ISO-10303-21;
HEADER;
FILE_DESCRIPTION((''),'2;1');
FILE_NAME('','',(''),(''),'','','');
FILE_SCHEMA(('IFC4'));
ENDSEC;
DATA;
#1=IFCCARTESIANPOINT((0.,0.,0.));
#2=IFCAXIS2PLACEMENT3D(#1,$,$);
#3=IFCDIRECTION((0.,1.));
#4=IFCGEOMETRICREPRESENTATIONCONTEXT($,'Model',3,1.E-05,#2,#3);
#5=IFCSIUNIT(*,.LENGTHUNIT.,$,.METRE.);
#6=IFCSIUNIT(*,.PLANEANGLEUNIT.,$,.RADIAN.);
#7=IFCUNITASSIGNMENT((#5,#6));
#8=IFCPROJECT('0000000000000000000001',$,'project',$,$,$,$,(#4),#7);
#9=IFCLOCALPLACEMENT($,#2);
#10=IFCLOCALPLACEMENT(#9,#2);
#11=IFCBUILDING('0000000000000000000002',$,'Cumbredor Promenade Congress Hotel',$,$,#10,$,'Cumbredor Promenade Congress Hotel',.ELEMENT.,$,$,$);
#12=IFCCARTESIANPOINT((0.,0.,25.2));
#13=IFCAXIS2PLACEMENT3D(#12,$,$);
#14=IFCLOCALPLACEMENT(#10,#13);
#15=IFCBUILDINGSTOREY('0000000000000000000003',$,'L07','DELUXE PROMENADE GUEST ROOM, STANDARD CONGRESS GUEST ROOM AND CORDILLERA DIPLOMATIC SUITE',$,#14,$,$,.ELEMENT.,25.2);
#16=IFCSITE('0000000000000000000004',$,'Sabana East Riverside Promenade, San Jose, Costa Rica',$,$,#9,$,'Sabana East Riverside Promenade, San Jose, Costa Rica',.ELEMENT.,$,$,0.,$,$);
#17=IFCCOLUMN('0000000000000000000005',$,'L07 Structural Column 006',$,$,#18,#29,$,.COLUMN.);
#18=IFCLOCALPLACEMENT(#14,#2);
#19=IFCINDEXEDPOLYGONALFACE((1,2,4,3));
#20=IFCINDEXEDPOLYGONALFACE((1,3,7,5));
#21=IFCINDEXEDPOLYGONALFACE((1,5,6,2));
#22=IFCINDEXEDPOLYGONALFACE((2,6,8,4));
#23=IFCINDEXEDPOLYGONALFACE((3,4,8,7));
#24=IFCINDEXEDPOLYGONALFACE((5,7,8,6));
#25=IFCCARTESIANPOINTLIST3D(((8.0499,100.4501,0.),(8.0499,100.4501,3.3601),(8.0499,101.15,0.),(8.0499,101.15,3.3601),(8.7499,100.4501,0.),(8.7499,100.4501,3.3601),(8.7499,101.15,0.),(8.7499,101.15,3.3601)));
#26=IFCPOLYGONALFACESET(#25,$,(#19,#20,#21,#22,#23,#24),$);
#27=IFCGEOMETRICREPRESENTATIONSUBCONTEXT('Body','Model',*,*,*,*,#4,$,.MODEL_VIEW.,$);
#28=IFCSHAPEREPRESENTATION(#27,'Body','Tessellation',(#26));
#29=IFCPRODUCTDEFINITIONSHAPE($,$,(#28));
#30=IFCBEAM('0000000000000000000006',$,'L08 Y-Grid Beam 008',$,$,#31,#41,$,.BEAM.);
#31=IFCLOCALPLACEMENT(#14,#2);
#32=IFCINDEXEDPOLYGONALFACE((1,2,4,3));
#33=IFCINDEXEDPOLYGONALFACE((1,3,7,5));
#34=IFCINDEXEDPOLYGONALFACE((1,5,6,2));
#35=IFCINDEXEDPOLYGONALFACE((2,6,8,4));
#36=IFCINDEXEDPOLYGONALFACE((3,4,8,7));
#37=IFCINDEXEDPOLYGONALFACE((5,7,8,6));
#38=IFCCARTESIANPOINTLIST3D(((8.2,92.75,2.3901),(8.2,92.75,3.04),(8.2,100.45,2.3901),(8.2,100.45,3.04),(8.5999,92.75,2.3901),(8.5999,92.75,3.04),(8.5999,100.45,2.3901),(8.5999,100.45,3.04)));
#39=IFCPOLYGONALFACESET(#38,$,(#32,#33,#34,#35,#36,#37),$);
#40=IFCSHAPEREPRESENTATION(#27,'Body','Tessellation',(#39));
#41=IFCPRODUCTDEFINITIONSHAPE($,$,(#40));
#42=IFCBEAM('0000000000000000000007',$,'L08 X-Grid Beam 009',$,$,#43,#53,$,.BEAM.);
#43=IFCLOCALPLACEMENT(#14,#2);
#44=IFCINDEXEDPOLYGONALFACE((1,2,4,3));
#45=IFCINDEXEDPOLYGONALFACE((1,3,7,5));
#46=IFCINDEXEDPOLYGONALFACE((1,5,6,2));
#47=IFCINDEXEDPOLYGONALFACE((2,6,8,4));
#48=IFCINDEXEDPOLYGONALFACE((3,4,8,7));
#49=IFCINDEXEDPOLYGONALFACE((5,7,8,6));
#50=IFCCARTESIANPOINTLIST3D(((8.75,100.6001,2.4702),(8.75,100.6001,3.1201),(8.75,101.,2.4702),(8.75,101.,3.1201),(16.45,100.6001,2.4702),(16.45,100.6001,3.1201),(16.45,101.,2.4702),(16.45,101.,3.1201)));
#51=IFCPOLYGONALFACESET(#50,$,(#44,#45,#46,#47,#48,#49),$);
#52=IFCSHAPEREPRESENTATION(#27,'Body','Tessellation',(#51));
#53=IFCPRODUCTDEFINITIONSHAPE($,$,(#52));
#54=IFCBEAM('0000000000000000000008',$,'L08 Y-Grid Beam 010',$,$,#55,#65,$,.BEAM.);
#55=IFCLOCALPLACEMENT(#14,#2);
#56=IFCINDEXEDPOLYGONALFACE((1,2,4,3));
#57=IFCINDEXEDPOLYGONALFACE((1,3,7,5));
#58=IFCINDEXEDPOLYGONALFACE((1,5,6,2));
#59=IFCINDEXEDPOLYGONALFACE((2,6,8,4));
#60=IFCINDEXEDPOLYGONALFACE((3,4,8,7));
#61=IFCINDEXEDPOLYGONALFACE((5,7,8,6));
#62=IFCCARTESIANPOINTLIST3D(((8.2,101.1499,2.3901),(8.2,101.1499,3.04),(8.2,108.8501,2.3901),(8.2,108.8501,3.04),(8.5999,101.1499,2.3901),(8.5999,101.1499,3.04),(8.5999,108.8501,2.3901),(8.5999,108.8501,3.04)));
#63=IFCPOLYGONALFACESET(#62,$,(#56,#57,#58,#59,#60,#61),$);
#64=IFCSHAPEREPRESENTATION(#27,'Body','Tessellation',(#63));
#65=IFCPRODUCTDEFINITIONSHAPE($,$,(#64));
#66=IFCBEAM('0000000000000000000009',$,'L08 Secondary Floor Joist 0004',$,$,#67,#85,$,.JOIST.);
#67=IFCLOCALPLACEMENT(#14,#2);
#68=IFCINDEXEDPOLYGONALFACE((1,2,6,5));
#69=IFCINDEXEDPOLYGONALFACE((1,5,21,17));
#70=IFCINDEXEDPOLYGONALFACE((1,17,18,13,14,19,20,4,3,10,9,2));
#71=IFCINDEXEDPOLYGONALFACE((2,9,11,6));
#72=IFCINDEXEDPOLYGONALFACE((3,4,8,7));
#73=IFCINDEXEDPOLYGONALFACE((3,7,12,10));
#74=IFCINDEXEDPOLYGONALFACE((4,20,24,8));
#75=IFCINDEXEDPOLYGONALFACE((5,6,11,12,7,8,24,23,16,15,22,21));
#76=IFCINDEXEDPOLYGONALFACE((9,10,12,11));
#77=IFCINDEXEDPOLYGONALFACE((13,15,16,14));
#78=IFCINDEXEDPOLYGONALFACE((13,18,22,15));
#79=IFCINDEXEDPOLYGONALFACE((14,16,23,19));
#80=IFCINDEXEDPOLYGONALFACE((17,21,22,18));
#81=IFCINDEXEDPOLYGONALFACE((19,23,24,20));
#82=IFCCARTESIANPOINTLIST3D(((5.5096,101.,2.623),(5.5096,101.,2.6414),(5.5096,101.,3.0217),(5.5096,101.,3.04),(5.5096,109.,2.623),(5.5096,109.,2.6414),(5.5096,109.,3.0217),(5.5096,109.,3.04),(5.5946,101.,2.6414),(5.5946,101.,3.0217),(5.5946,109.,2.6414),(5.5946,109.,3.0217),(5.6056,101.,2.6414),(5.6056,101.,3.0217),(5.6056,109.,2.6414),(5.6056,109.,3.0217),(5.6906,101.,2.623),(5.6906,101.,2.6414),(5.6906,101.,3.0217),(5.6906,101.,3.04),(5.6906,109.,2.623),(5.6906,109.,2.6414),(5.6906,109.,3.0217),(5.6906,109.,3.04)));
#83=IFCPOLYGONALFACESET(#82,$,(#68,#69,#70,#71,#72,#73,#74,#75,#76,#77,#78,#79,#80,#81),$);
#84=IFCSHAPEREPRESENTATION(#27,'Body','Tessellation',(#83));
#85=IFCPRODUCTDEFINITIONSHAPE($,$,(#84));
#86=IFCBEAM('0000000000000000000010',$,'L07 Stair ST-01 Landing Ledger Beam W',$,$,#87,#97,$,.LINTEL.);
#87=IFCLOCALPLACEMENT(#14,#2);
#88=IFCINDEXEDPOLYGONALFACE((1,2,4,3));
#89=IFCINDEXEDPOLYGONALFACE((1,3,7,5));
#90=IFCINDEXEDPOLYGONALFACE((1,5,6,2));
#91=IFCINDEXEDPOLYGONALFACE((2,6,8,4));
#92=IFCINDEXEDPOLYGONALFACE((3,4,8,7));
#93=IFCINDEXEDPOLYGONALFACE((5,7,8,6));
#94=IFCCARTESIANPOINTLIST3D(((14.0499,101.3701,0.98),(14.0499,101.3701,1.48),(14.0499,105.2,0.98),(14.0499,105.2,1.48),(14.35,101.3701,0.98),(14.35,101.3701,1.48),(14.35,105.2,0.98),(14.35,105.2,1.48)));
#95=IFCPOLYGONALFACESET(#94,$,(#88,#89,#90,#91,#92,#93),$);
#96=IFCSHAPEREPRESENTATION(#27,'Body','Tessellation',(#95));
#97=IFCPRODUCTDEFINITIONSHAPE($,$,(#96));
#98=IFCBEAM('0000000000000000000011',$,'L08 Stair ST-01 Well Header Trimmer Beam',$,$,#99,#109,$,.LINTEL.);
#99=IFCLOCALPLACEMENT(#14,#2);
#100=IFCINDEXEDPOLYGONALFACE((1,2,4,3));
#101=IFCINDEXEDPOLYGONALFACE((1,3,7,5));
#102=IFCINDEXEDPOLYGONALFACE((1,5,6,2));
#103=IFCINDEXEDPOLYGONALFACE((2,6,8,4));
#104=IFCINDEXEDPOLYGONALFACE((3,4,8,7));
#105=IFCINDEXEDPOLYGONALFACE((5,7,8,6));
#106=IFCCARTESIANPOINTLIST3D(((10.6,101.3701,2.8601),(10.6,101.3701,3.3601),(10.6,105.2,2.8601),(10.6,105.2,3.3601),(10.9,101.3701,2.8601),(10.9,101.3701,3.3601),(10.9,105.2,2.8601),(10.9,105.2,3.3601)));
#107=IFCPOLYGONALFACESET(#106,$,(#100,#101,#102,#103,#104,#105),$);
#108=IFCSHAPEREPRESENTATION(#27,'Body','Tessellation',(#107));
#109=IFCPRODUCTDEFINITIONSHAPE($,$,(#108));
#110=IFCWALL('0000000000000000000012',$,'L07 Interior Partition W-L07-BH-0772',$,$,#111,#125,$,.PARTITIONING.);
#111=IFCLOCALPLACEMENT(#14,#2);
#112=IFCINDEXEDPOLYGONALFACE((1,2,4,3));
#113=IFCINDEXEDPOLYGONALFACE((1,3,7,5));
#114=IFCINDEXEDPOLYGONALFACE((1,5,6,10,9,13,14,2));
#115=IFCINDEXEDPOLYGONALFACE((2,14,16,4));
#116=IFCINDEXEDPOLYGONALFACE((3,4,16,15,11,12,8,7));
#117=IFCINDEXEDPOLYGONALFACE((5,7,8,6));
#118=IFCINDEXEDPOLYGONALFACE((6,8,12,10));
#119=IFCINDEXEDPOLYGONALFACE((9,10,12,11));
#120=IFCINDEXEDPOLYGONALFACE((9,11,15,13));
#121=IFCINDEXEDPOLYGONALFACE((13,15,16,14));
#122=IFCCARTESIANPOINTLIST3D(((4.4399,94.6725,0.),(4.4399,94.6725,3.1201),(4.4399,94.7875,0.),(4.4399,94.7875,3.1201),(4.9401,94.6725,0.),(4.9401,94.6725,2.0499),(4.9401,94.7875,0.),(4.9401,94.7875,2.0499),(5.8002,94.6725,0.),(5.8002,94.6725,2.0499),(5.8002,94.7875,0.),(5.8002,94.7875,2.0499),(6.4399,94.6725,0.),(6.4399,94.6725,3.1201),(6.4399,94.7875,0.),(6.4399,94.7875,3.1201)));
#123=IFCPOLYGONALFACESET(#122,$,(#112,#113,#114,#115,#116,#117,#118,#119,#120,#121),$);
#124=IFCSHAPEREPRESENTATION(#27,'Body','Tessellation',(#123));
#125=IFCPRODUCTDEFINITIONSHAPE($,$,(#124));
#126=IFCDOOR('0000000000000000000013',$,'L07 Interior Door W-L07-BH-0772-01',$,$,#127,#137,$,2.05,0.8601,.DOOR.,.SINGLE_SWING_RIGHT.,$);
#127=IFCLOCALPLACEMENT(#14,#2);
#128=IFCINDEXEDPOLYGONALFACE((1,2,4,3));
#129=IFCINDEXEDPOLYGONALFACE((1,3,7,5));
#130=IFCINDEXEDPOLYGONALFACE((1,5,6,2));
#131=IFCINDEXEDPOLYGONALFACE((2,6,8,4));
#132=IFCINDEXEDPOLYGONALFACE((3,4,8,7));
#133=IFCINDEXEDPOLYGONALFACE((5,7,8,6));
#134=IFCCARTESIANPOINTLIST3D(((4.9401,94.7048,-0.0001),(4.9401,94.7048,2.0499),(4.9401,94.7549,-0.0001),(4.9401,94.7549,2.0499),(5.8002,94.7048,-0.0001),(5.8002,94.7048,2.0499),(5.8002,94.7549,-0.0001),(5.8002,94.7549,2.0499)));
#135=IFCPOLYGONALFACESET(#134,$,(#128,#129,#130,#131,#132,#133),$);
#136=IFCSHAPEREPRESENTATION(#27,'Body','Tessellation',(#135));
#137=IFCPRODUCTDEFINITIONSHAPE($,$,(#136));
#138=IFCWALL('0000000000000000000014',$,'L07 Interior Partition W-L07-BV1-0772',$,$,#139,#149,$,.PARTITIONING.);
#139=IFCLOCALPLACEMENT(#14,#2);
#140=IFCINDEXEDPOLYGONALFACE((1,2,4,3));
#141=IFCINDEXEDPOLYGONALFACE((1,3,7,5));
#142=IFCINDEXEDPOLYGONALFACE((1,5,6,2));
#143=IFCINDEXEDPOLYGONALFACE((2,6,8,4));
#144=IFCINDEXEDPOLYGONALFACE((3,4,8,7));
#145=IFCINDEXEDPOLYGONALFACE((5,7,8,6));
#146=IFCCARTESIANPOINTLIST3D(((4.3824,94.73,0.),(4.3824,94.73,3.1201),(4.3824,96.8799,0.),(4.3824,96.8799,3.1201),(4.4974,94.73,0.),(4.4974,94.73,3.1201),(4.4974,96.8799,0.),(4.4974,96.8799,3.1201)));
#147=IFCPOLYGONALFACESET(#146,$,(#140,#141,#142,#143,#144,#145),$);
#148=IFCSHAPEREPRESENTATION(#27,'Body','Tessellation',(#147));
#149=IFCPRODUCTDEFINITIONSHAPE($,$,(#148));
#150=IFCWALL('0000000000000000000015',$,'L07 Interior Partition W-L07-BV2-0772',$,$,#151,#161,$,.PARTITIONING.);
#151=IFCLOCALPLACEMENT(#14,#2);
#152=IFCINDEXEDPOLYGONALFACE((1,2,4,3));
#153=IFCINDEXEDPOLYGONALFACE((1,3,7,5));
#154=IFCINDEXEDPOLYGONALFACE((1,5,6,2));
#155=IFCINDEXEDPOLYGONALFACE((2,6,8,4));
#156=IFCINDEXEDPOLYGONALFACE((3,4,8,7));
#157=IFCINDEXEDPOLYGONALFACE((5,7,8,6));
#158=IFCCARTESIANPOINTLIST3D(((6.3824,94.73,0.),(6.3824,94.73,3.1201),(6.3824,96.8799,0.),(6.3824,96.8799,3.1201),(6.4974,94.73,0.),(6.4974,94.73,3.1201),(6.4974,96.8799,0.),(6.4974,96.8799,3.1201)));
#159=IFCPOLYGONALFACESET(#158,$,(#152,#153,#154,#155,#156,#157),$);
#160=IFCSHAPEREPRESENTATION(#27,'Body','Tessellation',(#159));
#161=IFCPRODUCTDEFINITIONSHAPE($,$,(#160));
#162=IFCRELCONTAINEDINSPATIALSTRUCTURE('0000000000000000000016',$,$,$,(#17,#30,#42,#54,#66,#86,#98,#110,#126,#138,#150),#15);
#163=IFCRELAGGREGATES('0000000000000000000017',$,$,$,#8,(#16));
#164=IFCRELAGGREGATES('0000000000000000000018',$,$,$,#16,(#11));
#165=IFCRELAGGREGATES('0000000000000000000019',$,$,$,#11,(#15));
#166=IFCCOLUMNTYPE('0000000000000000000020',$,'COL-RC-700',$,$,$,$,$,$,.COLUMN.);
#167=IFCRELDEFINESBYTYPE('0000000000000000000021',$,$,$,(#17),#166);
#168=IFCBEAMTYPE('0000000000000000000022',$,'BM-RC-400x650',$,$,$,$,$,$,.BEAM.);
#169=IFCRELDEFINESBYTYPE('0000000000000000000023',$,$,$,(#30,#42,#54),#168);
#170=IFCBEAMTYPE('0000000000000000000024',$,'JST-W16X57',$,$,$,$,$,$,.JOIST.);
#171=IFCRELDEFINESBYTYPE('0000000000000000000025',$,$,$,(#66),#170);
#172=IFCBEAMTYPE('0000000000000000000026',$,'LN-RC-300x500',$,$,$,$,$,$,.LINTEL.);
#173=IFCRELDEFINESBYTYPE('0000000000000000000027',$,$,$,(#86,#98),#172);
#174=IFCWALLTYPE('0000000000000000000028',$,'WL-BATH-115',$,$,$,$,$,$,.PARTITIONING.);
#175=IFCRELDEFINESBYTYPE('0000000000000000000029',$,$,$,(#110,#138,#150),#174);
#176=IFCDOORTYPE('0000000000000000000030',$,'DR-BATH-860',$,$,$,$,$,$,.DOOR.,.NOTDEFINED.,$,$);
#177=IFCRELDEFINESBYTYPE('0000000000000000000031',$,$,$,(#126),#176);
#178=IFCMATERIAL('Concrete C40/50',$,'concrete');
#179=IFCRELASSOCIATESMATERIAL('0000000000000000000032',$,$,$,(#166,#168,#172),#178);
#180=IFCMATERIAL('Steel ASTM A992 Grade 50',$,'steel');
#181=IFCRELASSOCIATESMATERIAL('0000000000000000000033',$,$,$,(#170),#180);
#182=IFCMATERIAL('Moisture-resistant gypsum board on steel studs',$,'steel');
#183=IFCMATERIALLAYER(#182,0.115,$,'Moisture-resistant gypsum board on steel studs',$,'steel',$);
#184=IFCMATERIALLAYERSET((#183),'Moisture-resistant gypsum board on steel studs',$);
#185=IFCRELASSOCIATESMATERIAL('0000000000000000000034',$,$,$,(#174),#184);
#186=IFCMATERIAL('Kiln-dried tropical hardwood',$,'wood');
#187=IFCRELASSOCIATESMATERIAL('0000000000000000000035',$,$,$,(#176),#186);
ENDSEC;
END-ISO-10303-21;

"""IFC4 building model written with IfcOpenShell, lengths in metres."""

from ifc_helpers import new_model, si_unit, direction, frame, frame_2d, origin, origin_2d, place, context, subcontext, project, spatial, rectangle, i_section, extrude, material, layer, layer_set, material_profile, profile_set, type_object, element, fill, save


model = new_model("IFC4")

# Units and contexts
model_context = context("Model", 3, precision=1e-05, world=origin(), true_north=direction((0.0, 1.0)))
body_context = subcontext(model_context, "Body", "Model", "MODEL_VIEW")
ifc_project = project(units=[si_unit("LENGTHUNIT", "METRE"), si_unit("PLANEANGLEUNIT", "RADIAN")], contexts=[model_context])

# Site, building, storey
site_placement = place(None, origin())
site = spatial("IfcSite", under=ifc_project, at=site_placement, Name="Sabana East Riverside Promenade, San Jose, Costa Rica", LongName="Sabana East Riverside Promenade, San Jose, Costa Rica", CompositionType="ELEMENT", RefElevation=0.0)
building_placement = place(site_placement, origin())
building = spatial("IfcBuilding", under=site, at=building_placement, Name="Cumbredor Promenade Congress Hotel", LongName="Cumbredor Promenade Congress Hotel", CompositionType="ELEMENT")
storey_placement = place(building_placement, frame((0.0, 0.0, 25.2)))
storey = spatial("IfcBuildingStorey", under=building, at=storey_placement, Name="L07", Description="DELUXE PROMENADE GUEST ROOM, STANDARD CONGRESS GUEST ROOM AND CORDILLERA DIPLOMATIC SUITE", CompositionType="ELEMENT", Elevation=25.2)

# Column
ifc_material_1 = material(Name="Concrete C40/50", Category="concrete")
ifc_material_profile_1 = material_profile(ifc_material_1, rectangle(XDim=0.7, YDim=0.7, at=origin_2d()), Name="RC 700x700")
ifc_profile_set_1 = profile_set([ifc_material_profile_1], Name="Concrete C40/50")
column_type = type_object("IfcColumnType", Name="COL-RC-700", PredefinedType="COLUMN", material=ifc_profile_set_1)
column_placement = place(storey_placement, frame((8.3999, 100.8, 0.0), z_axis=(0.0, 0.0, 1.0), x_axis=(1.0, 0.0, 0.0)))
element("IfcColumn", 1, at=column_placement, inside=storey, type_object=column_type, Name="L07 Structural Column 006", PredefinedType="COLUMN", context=body_context, shape_type="SweptSolid", body=[
    extrude(rectangle(XDim=0.7, YDim=0.7, at=origin_2d()), origin(), (0.0, 0.0, 1.0), 3.3601),
])

# Beams
ifc_material_profile_2 = material_profile(ifc_material_1, rectangle(XDim=0.3999, YDim=0.6499, at=origin_2d()), Name="RC BEAM 400x650")
ifc_profile_set_2 = profile_set([ifc_material_profile_2], Name="Concrete C40/50")
beam_type_1 = type_object("IfcBeamType", Name="BM-RC-400x650", PredefinedType="BEAM", material=ifc_profile_set_2)
for number, where, z_axis, x_axis, name in (
    (2, (8.3999, 92.75, 2.7151), (0.0, 1.0, 0.0), (-1.0, 0.0, 0.0), "L08 Y-Grid Beam 008"),
    (3, (8.75, 100.8, 2.7952), (1.0, 0.0, 0.0), (0.0, 1.0, 0.0), "L08 X-Grid Beam 009"),
):
    element("IfcBeam", number, at=place(storey_placement, frame(where, z_axis=z_axis, x_axis=x_axis)), inside=storey, type_object=beam_type_1, Name=name, PredefinedType="BEAM", context=body_context, shape_type="SweptSolid", body=[
        extrude(rectangle(XDim=0.3999, YDim=0.6499, at=origin_2d()), origin(), (0.0, 0.0, 1.0), 7.7),
    ])
beam_1_placement = place(storey_placement, frame((8.3999, 101.1499, 2.7151), z_axis=(0.0, 1.0, 0.0), x_axis=(-1.0, 0.0, 0.0)))
element("IfcBeam", 4, at=beam_1_placement, inside=storey, type_object=beam_type_1, Name="L08 Y-Grid Beam 010", PredefinedType="BEAM", context=body_context, shape_type="SweptSolid", body=[
    extrude(rectangle(XDim=0.3999, YDim=0.6499, at=origin_2d()), origin(), (0.0, 0.0, 1.0), 7.7002),
])
ifc_material_2 = material(Name="Steel ASTM A992 Grade 50", Category="steel")
ifc_material_profile_3 = material_profile(ifc_material_2, i_section(OverallWidth=0.1809, OverallDepth=0.417, WebThickness=0.011, FlangeThickness=0.0183, at=origin_2d()), Name="W16X57")
ifc_profile_set_3 = profile_set([ifc_material_profile_3], Name="Steel ASTM A992 Grade 50")
beam_type_2 = type_object("IfcBeamType", Name="JST-W16X57", PredefinedType="JOIST", material=ifc_profile_set_3)
beam_2_placement = place(storey_placement, frame((5.6001, 101.0, 2.8315), z_axis=(0.0, 1.0, 0.0), x_axis=(-1.0, 0.0, 0.0)))
element("IfcBeam", 5, at=beam_2_placement, inside=storey, type_object=beam_type_2, Name="L08 Secondary Floor Joist 0004", PredefinedType="JOIST", context=body_context, shape_type="SweptSolid", body=[
    extrude(i_section(OverallWidth=0.1809, OverallDepth=0.417, WebThickness=0.011, FlangeThickness=0.0183, at=origin_2d()), origin(), (0.0, 0.0, 1.0), 8.0),
])
ifc_material_profile_4 = material_profile(ifc_material_1, rectangle(XDim=0.3, YDim=0.5, at=origin_2d()), Name="RC LINTEL 300x500")
ifc_profile_set_4 = profile_set([ifc_material_profile_4], Name="Concrete C40/50")
beam_type_3 = type_object("IfcBeamType", Name="LN-RC-300x500", PredefinedType="LINTEL", material=ifc_profile_set_4)
for number, where, z_axis, x_axis, name in (
    (6, (14.2, 101.3701, 1.23), (0.0, 1.0, 0.0), (-1.0, 0.0, 0.0), "L07 Stair ST-01 Landing Ledger Beam W"),
    (7, (10.75, 101.3701, 3.1101), (0.0, 1.0, 0.0), (-1.0, 0.0, 0.0), "L08 Stair ST-01 Well Header Trimmer Beam"),
):
    element("IfcBeam", number, at=place(storey_placement, frame(where, z_axis=z_axis, x_axis=x_axis)), inside=storey, type_object=beam_type_3, Name=name, PredefinedType="LINTEL", context=body_context, shape_type="SweptSolid", body=[
        extrude(rectangle(XDim=0.3, YDim=0.5, at=origin_2d()), origin(), (0.0, 0.0, 1.0), 3.8298),
    ])

# Wall, opening, door
ifc_material_3 = material(Name="Moisture-resistant gypsum board on steel studs", Category="steel")
ifc_layer_1 = layer(ifc_material_3, 0.115, Name="Moisture-resistant gypsum board on steel studs", Category="steel")
ifc_layer_set_1 = layer_set([ifc_layer_1], Name="Moisture-resistant gypsum board on steel studs")
wall_type_1 = type_object("IfcWallType", Name="WL-BATH-115", PredefinedType="PARTITIONING", material=ifc_layer_set_1)
wall_1_placement = place(storey_placement, frame((4.4399, 94.73, 0.0), z_axis=(0.0, 0.0, 1.0), x_axis=(1.0, 0.0, 0.0)))
wall_1 = element("IfcWall", 8, at=wall_1_placement, inside=storey, type_object=wall_type_1, Name="L07 Interior Partition W-L07-BH-0772", PredefinedType="PARTITIONING", context=body_context, shape_type="SweptSolid", body=[
    extrude(rectangle(XDim=2.0, YDim=0.115, at=frame_2d((1.0, 0.0))), origin(), (0.0, 0.0, 1.0), 3.1201),
])
opening_1_placement = place(wall_1_placement, frame((0.5, 0.0, 0.0)))
opening_1 = element("IfcOpeningElement", 9, at=opening_1_placement, cuts=wall_1, PredefinedType="OPENING", context=body_context, shape_type="SweptSolid", body=[
    extrude(rectangle(XDim=0.8601, YDim=2.05, at=frame_2d((0.4302, 1.0249))), frame((0.0, 0.0674, 0.0), z_axis=(0.0, -1.0, 0.0), x_axis=(1.0, 0.0, 0.0)), (0.0, 0.0, 1.0), 0.135),
])
ifc_material_4 = material(Name="Kiln-dried tropical hardwood", Category="wood")
door_type_1 = type_object("IfcDoorType", Name="DR-BATH-860", OperationType="NOTDEFINED", PredefinedType="DOOR", material=ifc_material_4)
door_1_placement = place(opening_1_placement, origin())
door_1 = element("IfcDoor", 10, at=door_1_placement, inside=storey, type_object=door_type_1, Name="L07 Interior Door W-L07-BH-0772-01", OperationType="SINGLE_SWING_RIGHT", OverallHeight=2.05, OverallWidth=0.8601, PredefinedType="DOOR", context=body_context, shape_type="SweptSolid", body=[
    extrude(rectangle(XDim=0.8601, YDim=2.05, at=frame_2d((0.4302, 1.0249))), frame((0.0, 0.0249, 0.0), z_axis=(0.0, -1.0, 0.0), x_axis=(1.0, 0.0, 0.0)), (0.0, 0.0, 1.0), 0.05),
])
fill(opening_1, door_1)

# Walls
for number, where, z_axis, x_axis, name in (
    (11, (4.4399, 94.73, 0.0), (0.0, 0.0, 1.0), (0.0, 1.0, 0.0), "L07 Interior Partition W-L07-BV1-0772"),
    (12, (6.4399, 94.73, 0.0), (0.0, 0.0, 1.0), (0.0, 1.0, 0.0), "L07 Interior Partition W-L07-BV2-0772"),
):
    element("IfcWall", number, at=place(storey_placement, frame(where, z_axis=z_axis, x_axis=x_axis)), inside=storey, type_object=wall_type_1, Name=name, PredefinedType="PARTITIONING", context=body_context, shape_type="SweptSolid", body=[
        extrude(rectangle(XDim=2.1499, YDim=0.115, at=frame_2d((1.075, 0.0))), origin(), (0.0, 0.0, 1.0), 3.1201),
    ])

save(model, "model.ifc")
